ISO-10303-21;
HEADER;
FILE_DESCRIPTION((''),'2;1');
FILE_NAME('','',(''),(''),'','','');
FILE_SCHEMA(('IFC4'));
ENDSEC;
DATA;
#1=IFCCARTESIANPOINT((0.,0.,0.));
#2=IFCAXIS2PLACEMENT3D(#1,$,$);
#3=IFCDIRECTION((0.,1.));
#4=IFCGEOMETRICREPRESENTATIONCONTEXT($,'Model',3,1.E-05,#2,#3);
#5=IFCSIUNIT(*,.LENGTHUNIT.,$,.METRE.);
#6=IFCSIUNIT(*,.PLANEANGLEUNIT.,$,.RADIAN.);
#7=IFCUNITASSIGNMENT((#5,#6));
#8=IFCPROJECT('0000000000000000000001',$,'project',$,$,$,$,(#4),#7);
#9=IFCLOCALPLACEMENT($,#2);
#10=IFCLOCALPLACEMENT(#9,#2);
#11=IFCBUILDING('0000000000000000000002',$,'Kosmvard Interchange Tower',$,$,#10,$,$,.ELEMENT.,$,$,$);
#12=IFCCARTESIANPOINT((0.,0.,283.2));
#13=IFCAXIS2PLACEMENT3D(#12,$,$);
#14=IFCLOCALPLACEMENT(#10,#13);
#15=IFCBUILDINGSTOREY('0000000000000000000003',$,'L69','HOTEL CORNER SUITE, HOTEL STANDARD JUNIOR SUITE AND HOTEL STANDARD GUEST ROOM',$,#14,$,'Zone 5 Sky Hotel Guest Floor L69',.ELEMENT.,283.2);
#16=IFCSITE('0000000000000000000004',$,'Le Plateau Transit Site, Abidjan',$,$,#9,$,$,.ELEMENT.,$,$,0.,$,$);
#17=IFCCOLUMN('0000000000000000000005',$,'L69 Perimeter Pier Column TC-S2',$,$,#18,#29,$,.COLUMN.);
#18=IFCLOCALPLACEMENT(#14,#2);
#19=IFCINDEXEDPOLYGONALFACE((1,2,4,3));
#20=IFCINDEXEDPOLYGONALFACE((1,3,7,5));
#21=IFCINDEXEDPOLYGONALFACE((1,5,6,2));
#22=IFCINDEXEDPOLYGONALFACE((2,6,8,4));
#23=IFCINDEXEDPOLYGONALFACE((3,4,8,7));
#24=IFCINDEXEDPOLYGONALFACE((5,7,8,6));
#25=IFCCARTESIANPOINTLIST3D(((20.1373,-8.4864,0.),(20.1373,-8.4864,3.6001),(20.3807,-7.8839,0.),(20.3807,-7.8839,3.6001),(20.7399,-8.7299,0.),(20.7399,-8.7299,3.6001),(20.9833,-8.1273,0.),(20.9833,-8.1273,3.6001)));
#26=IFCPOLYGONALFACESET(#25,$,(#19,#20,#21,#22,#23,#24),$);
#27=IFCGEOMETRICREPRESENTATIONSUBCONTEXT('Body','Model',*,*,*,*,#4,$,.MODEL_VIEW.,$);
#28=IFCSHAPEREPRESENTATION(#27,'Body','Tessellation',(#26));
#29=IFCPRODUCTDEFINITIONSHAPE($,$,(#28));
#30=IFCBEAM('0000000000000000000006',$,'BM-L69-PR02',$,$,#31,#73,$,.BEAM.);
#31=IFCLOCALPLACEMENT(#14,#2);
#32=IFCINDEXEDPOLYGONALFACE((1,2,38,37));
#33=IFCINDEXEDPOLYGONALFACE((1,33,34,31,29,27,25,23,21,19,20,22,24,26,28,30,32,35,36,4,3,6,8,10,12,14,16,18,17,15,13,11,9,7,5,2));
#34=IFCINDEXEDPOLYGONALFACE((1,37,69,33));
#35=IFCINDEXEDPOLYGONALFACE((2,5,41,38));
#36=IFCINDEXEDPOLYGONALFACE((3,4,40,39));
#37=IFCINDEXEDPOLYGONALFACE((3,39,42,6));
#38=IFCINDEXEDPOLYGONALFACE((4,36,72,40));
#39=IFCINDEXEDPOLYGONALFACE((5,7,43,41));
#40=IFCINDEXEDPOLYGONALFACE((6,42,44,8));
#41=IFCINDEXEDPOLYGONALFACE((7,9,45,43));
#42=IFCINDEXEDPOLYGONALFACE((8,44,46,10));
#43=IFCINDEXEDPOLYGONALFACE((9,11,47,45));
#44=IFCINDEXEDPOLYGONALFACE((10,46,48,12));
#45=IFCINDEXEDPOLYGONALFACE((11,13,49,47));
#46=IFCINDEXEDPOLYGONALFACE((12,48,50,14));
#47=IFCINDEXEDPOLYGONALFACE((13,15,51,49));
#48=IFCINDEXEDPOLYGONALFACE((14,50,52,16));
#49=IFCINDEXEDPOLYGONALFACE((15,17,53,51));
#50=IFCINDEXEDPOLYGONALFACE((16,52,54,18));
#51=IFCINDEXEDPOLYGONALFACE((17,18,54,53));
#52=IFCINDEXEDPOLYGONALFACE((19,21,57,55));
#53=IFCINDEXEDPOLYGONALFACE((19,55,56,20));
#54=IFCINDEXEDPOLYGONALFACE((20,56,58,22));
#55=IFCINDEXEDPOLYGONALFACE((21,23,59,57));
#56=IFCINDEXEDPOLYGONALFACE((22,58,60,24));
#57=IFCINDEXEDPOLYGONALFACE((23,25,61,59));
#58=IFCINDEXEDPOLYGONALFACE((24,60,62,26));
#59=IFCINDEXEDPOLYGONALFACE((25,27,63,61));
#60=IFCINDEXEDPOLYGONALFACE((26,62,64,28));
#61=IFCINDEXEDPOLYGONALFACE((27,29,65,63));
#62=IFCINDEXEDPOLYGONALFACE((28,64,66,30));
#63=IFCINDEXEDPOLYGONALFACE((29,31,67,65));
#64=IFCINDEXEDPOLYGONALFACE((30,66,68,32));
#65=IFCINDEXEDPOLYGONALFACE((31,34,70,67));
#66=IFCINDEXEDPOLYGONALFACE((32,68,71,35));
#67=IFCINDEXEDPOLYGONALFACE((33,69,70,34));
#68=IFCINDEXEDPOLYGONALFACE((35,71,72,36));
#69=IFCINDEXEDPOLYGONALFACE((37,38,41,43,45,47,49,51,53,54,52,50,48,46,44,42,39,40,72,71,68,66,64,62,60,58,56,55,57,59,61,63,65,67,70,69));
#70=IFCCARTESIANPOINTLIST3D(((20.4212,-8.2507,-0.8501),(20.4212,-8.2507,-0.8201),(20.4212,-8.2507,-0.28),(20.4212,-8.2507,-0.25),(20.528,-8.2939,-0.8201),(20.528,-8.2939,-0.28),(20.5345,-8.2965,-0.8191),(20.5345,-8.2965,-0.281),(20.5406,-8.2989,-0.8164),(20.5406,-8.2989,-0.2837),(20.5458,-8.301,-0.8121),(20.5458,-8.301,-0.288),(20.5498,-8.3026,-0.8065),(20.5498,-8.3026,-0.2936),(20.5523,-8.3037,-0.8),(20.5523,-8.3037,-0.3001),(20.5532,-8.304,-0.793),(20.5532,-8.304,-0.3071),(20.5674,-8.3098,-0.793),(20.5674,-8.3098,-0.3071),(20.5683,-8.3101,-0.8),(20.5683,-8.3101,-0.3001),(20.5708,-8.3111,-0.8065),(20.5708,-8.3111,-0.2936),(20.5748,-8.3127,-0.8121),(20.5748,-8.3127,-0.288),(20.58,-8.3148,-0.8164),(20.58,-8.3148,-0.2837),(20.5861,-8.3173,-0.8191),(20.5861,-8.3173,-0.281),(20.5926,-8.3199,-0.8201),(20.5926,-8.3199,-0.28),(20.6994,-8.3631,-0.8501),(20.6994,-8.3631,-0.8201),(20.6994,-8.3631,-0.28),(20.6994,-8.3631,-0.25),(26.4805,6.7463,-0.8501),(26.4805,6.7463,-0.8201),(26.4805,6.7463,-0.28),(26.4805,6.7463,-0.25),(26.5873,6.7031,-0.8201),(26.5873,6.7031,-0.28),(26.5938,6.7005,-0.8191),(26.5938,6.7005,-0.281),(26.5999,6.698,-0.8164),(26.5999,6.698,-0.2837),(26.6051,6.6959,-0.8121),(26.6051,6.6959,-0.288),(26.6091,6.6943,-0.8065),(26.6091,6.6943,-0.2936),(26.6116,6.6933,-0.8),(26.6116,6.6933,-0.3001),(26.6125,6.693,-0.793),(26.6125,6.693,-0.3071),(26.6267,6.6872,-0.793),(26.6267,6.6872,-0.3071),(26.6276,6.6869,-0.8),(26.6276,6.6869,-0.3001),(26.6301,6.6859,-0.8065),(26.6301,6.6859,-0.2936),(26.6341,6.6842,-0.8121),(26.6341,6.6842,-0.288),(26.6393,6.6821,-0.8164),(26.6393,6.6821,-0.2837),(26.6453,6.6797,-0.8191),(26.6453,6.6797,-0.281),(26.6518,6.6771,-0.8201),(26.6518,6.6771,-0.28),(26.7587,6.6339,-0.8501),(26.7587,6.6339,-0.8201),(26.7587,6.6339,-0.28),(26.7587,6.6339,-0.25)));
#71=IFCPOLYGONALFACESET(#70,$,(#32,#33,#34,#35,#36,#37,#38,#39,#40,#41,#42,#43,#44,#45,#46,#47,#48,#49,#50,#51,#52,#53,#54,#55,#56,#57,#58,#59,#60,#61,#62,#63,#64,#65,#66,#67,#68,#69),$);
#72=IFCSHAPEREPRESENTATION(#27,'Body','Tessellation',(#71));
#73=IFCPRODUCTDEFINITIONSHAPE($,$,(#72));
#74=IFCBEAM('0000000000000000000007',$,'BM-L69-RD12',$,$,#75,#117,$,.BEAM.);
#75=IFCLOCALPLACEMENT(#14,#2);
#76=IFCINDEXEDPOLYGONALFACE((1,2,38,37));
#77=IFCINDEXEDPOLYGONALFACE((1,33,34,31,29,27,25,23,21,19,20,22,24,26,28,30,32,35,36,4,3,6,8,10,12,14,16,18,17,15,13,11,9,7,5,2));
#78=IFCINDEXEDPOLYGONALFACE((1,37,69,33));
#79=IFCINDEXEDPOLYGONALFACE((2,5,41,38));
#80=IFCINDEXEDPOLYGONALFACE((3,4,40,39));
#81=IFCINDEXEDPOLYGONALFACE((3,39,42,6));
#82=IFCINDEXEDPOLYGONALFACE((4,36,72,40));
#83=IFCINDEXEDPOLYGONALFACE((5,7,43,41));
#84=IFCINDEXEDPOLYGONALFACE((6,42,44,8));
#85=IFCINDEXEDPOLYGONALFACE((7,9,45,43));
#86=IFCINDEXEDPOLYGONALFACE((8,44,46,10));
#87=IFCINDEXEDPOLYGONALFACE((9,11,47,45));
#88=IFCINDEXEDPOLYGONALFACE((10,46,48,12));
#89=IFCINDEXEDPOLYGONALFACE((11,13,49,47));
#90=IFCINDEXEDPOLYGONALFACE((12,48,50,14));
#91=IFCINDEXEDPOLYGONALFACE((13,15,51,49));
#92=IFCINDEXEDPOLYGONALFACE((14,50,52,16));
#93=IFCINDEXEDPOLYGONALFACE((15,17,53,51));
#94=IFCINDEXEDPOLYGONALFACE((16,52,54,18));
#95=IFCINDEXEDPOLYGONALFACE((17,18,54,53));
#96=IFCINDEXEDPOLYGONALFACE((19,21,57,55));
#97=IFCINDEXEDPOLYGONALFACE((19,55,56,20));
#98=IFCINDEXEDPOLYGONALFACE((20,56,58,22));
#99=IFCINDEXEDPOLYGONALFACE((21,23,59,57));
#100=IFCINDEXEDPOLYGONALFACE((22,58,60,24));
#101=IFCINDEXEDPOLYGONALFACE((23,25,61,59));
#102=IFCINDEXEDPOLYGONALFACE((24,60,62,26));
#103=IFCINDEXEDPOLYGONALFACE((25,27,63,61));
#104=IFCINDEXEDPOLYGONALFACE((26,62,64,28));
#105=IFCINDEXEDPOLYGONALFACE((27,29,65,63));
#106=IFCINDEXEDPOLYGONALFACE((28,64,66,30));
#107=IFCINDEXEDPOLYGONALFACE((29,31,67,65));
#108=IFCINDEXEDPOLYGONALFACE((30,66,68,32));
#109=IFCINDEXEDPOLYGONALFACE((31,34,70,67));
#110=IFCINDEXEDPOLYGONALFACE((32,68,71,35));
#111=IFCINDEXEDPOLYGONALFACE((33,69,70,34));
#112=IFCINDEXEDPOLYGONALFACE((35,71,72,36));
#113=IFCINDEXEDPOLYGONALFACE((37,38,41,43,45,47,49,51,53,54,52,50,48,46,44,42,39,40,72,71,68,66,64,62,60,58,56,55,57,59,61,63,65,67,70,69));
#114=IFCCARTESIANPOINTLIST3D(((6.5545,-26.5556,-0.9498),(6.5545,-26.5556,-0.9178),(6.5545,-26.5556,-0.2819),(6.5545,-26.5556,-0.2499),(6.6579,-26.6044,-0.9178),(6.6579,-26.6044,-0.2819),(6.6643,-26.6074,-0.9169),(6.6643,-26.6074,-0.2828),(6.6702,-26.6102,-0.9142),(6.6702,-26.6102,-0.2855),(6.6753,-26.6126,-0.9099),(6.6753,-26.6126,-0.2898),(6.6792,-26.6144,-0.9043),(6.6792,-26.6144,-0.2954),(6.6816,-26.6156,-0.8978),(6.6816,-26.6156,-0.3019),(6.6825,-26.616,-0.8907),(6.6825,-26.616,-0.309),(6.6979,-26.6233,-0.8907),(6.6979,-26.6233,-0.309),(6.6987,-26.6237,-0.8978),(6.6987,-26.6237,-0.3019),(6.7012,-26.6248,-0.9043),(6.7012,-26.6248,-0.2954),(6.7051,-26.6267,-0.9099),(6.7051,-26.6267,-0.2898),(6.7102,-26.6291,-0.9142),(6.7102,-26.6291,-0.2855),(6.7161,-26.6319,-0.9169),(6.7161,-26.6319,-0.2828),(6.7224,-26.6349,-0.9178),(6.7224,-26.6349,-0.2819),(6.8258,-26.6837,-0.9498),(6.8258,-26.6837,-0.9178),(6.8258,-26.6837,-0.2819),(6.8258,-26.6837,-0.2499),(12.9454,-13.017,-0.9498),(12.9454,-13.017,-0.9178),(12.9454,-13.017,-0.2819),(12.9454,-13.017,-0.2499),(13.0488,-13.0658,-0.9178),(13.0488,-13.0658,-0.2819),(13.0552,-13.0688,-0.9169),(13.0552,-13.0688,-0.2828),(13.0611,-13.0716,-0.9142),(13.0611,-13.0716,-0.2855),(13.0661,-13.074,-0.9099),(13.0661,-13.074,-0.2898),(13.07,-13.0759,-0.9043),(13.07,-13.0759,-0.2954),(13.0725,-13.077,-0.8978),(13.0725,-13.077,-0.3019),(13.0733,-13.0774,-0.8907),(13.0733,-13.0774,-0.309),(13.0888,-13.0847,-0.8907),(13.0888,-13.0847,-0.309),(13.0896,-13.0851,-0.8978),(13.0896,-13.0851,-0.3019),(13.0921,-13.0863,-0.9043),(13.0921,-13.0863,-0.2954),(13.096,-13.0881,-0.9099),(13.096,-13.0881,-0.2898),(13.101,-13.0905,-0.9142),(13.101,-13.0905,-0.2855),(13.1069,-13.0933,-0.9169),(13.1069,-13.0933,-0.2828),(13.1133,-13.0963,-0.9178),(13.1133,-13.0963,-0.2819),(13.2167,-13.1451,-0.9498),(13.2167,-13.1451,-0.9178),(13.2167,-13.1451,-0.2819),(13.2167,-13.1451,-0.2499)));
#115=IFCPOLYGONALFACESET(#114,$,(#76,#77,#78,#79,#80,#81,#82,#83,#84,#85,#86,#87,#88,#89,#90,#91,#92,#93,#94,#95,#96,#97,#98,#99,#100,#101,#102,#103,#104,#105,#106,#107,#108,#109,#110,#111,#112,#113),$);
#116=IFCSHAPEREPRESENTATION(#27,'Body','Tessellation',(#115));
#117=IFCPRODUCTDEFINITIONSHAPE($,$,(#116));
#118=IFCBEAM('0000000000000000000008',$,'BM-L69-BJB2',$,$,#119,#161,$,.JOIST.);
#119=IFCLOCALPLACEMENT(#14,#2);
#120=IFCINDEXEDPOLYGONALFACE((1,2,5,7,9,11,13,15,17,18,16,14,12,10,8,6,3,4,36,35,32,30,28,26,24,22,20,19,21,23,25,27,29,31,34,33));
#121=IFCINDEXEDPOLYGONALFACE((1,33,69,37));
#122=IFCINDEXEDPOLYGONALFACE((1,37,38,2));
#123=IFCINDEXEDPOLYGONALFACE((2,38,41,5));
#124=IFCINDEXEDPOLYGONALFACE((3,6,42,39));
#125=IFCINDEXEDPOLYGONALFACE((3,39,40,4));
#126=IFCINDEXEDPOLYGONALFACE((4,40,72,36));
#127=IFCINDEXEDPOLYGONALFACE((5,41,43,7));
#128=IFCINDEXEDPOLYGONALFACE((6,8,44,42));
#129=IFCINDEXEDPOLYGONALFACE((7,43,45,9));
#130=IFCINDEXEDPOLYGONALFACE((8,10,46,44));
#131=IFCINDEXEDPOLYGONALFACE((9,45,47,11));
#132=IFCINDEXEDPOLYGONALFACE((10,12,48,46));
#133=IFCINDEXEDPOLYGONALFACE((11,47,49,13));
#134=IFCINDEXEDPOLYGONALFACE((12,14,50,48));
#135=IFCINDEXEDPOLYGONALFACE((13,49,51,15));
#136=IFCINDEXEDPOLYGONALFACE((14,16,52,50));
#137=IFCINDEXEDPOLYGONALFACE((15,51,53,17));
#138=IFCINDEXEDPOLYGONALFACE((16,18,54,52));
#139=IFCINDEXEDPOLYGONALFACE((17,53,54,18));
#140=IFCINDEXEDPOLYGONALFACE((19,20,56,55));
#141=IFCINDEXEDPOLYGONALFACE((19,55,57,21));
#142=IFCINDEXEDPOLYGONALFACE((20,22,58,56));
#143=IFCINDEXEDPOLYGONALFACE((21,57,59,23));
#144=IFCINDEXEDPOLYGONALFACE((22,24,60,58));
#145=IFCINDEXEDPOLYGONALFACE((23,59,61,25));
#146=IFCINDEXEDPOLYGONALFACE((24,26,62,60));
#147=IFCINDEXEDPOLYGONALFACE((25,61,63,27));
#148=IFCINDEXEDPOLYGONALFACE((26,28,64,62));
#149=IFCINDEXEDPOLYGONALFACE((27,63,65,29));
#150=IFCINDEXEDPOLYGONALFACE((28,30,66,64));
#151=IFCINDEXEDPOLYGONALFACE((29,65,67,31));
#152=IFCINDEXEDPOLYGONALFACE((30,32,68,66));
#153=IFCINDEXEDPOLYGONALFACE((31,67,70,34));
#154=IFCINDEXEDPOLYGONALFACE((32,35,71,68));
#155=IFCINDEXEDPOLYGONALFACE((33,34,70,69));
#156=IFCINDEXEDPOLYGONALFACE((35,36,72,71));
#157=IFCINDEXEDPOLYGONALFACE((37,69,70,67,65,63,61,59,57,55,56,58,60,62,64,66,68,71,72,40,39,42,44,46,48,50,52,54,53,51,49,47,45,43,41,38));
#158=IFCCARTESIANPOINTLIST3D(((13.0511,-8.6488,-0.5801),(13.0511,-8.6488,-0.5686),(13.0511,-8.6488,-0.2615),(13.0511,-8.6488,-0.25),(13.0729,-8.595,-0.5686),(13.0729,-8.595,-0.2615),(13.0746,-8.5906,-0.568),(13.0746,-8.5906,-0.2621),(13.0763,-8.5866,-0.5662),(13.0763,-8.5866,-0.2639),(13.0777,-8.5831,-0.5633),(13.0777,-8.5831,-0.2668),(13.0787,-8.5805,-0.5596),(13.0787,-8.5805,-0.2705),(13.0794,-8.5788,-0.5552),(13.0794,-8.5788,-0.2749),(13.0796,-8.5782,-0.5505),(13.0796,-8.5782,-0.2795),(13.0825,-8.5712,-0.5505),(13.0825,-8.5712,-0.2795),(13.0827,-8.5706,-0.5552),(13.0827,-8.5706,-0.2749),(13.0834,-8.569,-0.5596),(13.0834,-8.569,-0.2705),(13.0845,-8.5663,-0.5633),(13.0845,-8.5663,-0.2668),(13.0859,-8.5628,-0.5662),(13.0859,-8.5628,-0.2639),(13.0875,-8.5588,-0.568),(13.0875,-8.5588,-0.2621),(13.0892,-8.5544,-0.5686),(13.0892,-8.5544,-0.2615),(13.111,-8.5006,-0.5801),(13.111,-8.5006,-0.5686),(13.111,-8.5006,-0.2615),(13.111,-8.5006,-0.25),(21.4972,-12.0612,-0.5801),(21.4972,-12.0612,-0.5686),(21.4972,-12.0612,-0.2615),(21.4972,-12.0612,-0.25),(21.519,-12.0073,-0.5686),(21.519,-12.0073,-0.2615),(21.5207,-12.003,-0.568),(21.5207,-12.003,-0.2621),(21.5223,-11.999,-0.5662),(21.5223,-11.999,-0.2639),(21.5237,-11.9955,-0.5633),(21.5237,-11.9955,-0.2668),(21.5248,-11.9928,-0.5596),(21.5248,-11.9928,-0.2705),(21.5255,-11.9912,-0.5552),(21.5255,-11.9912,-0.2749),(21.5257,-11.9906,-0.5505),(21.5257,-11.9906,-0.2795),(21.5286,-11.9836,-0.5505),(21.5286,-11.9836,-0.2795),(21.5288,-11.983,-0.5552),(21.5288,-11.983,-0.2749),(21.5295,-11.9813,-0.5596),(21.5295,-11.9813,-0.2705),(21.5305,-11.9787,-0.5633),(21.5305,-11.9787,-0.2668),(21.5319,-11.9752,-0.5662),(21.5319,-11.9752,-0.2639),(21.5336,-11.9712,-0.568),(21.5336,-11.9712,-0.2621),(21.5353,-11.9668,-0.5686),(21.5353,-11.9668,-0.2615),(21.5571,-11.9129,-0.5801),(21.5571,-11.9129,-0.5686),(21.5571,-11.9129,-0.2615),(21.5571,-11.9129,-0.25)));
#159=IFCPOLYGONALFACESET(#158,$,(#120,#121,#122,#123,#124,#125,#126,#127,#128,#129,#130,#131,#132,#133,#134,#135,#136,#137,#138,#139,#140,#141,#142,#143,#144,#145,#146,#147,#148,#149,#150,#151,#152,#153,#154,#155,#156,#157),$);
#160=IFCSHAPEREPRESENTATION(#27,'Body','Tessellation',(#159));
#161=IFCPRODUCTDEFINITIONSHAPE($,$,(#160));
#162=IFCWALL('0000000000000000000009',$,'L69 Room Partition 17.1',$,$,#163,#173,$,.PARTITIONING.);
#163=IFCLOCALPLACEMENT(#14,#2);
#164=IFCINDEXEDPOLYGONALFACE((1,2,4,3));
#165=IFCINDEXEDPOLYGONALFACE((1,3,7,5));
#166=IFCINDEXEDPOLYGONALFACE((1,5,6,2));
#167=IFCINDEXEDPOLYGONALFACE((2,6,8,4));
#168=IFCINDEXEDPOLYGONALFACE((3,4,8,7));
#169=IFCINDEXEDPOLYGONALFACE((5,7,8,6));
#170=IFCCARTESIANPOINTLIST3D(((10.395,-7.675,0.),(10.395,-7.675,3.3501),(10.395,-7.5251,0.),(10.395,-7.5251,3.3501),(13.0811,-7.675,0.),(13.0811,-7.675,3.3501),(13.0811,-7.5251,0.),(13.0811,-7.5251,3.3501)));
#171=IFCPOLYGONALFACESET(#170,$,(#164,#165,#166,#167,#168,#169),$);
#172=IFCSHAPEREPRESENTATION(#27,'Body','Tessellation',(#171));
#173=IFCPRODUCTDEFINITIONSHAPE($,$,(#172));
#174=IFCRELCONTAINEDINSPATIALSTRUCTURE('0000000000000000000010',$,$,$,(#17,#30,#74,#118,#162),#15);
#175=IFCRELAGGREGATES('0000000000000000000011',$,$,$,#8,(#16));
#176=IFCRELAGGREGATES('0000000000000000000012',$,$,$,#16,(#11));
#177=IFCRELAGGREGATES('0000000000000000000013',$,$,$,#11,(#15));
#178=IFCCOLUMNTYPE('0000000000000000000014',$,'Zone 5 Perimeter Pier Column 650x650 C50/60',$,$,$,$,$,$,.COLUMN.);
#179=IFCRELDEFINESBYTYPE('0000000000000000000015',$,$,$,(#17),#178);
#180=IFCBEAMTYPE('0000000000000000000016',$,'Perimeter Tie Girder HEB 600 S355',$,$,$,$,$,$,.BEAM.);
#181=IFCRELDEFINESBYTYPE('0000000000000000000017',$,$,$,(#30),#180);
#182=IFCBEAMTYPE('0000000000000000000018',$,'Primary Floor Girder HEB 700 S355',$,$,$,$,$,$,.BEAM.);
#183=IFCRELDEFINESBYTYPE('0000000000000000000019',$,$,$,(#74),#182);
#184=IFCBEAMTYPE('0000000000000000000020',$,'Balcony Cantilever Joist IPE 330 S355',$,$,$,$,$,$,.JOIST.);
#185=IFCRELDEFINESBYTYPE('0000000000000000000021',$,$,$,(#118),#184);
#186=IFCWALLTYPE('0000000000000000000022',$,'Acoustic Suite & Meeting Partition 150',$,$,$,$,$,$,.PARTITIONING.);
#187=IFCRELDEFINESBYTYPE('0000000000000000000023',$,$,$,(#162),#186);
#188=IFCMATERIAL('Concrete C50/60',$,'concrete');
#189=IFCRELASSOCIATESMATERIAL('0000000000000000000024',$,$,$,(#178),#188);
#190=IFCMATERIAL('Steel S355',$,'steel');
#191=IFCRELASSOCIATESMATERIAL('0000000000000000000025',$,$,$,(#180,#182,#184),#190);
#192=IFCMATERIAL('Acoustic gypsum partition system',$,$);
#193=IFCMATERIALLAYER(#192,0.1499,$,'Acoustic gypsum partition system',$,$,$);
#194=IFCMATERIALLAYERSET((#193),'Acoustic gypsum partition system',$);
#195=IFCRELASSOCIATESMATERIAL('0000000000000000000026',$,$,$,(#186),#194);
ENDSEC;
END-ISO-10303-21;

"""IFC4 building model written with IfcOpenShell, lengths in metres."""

from ifc_helpers import new_model, si_unit, direction, frame, frame_2d, origin, origin_2d, place, context, subcontext, project, spatial, rectangle, i_section, extrude, source, transform, mapped, material, layer, layer_set, material_profile, profile_set, type_object, element, save


model = new_model("IFC4")

# Units and contexts
model_context = context("Model", 3, precision=1e-05, world=origin(), true_north=direction((0.0, 1.0)))
body_context = subcontext(model_context, "Body", "Model", "MODEL_VIEW")
ifc_project = project(units=[si_unit("LENGTHUNIT", "METRE"), si_unit("PLANEANGLEUNIT", "RADIAN")], contexts=[model_context])

# Site, building, storey
site_placement = place(None, origin())
site = spatial("IfcSite", under=ifc_project, at=site_placement, Name="Le Plateau Transit Site, Abidjan", CompositionType="ELEMENT", RefElevation=0.0)
building_placement = place(site_placement, origin())
building = spatial("IfcBuilding", under=site, at=building_placement, Name="Kosmvard Interchange Tower", CompositionType="ELEMENT")
storey_placement = place(building_placement, frame((0.0, 0.0, 283.2)))
storey = spatial("IfcBuildingStorey", under=building, at=storey_placement, Name="L69", Description="HOTEL CORNER SUITE, HOTEL STANDARD JUNIOR SUITE AND HOTEL STANDARD GUEST ROOM", LongName="Zone 5 Sky Hotel Guest Floor L69", CompositionType="ELEMENT", Elevation=283.2)

# Column
ifc_material_1 = material(Name="Concrete C50/60", Category="concrete")
ifc_material_profile_1 = material_profile(ifc_material_1, rectangle(XDim=0.6499, YDim=0.6499, at=origin_2d()), Name="TC 650x650")
ifc_profile_set_1 = profile_set([ifc_material_profile_1], Name="Concrete C50/60")
column_type = type_object("IfcColumnType", Name="Zone 5 Perimeter Pier Column 650x650 C50/60", PredefinedType="COLUMN", material=ifc_profile_set_1)
shared_shape_1 = source(origin(), body_context, "Body", "SweptSolid", [
    extrude(rectangle(XDim=0.6499, YDim=0.6499, at=origin_2d()), origin(), (0.0, 0.0, 1.0), 3.6001),
])
column_placement = place(storey_placement, frame((20.5603, -8.3069, 0.0), z_axis=(0.0, 0.0, 1.0), x_axis=(0.374607, 0.927184, 0.0)))
element("IfcColumn", 1, at=column_placement, inside=storey, type_object=column_type, Name="L69 Perimeter Pier Column TC-S2", PredefinedType="COLUMN", context=body_context, shape_type="MappedRepresentation", body=[
    mapped(shared_shape_1, transform((0.0, 0.0, 0.0), scale=1.0)),
])

# Beams
ifc_material_2 = material(Name="Steel S355", Category="steel")
ifc_material_profile_2 = material_profile(ifc_material_2, i_section(OverallWidth=0.3, OverallDepth=0.6001, WebThickness=0.0154, FlangeThickness=0.03, FilletRadius=0.0271, at=origin_2d()), Name="HEB 600")
ifc_profile_set_2 = profile_set([ifc_material_profile_2], Name="Steel S355")
beam_type_1 = type_object("IfcBeamType", Name="Perimeter Tie Girder HEB 600 S355", PredefinedType="BEAM", material=ifc_profile_set_2)
shared_shape_2 = source(origin(), body_context, "Body", "SweptSolid", [
    extrude(i_section(OverallWidth=0.3, OverallDepth=0.6001, WebThickness=0.0154, FlangeThickness=0.03, FilletRadius=0.0271, at=origin_2d()), origin(), (0.0, 0.0, 1.0), 16.1748),
])
beam_1_placement = place(storey_placement, frame((20.5603, -8.3069, -0.55), z_axis=(0.374613, 0.927181, 0.0), x_axis=(-0.927181, 0.374613, 0.0)))
element("IfcBeam", 2, at=beam_1_placement, inside=storey, type_object=beam_type_1, Name="BM-L69-PR02", PredefinedType="BEAM", context=body_context, shape_type="MappedRepresentation", body=[
    mapped(shared_shape_2, transform((0.0, 0.0, 0.0), scale=1.0)),
])
ifc_material_profile_3 = material_profile(ifc_material_2, i_section(OverallWidth=0.3, OverallDepth=0.7, WebThickness=0.0171, FlangeThickness=0.032, FilletRadius=0.0271, at=origin_2d()), Name="HEB 700")
ifc_profile_set_3 = profile_set([ifc_material_profile_3], Name="Steel S355")
beam_type_2 = type_object("IfcBeamType", Name="Primary Floor Girder HEB 700 S355", PredefinedType="BEAM", material=ifc_profile_set_3)
shared_shape_3 = source(origin(), body_context, "Body", "SweptSolid", [
    extrude(i_section(OverallWidth=0.3, OverallDepth=0.7, WebThickness=0.0171, FlangeThickness=0.032, FilletRadius=0.0271, at=origin_2d()), origin(), (0.0, 0.0, 1.0), 14.9712),
])
beam_2_placement = place(storey_placement, frame((13.0811, -13.0811, -0.5999), z_axis=(-0.426878, -0.904309, 0.0), x_axis=(0.904309, -0.426878, 0.0)))
element("IfcBeam", 3, at=beam_2_placement, inside=storey, type_object=beam_type_2, Name="BM-L69-RD12", PredefinedType="BEAM", context=body_context, shape_type="MappedRepresentation", body=[
    mapped(shared_shape_3, transform((0.0, 0.0, 0.0), scale=1.0)),
])
ifc_material_profile_4 = material_profile(ifc_material_2, i_section(OverallWidth=0.1599, OverallDepth=0.3301, WebThickness=0.0076, FlangeThickness=0.0115, FilletRadius=0.0181, at=origin_2d()), Name="IPE 330")
ifc_profile_set_4 = profile_set([ifc_material_profile_4], Name="Steel S355")
beam_type_3 = type_object("IfcBeamType", Name="Balcony Cantilever Joist IPE 330 S355", PredefinedType="JOIST", material=ifc_profile_set_4)
shared_shape_4 = source(origin(), body_context, "Body", "SweptSolid", [
    extrude(i_section(OverallWidth=0.1599, OverallDepth=0.3301, WebThickness=0.0076, FlangeThickness=0.0115, FilletRadius=0.0181, at=origin_2d()), origin(), (0.0, 0.0, 1.0), 9.1094),
])
beam_3_placement = place(storey_placement, frame((13.0811, -8.5747, -0.415), z_axis=(0.927187, -0.3746, 0.0), x_axis=(0.3746, 0.927187, 0.0)))
element("IfcBeam", 4, at=beam_3_placement, inside=storey, type_object=beam_type_3, Name="BM-L69-BJB2", PredefinedType="JOIST", context=body_context, shape_type="MappedRepresentation", body=[
    mapped(shared_shape_4, transform((0.0, 0.0, 0.0), scale=1.0)),
])

# Wall
ifc_material_3 = material(Name="Acoustic gypsum partition system")
ifc_layer_1 = layer(ifc_material_3, 0.1499, Name="Acoustic gypsum partition system")
ifc_layer_set_1 = layer_set([ifc_layer_1], Name="Acoustic gypsum partition system")
wall_type_1 = type_object("IfcWallType", Name="Acoustic Suite & Meeting Partition 150", PredefinedType="PARTITIONING", material=ifc_layer_set_1)
wall_1_placement = place(storey_placement, frame((10.395, -7.6001, 0.0), z_axis=(0.0, 0.0, 1.0), x_axis=(1.0, 0.0, 0.0)))
element("IfcWall", 5, at=wall_1_placement, inside=storey, type_object=wall_type_1, Name="L69 Room Partition 17.1", PredefinedType="PARTITIONING", context=body_context, shape_type="SweptSolid", body=[
    extrude(rectangle(XDim=2.686, YDim=0.1499, at=frame_2d((1.343, 0.0))), origin(), (0.0, 0.0, 1.0), 3.3501),
])

save(model, "model.ifc")
